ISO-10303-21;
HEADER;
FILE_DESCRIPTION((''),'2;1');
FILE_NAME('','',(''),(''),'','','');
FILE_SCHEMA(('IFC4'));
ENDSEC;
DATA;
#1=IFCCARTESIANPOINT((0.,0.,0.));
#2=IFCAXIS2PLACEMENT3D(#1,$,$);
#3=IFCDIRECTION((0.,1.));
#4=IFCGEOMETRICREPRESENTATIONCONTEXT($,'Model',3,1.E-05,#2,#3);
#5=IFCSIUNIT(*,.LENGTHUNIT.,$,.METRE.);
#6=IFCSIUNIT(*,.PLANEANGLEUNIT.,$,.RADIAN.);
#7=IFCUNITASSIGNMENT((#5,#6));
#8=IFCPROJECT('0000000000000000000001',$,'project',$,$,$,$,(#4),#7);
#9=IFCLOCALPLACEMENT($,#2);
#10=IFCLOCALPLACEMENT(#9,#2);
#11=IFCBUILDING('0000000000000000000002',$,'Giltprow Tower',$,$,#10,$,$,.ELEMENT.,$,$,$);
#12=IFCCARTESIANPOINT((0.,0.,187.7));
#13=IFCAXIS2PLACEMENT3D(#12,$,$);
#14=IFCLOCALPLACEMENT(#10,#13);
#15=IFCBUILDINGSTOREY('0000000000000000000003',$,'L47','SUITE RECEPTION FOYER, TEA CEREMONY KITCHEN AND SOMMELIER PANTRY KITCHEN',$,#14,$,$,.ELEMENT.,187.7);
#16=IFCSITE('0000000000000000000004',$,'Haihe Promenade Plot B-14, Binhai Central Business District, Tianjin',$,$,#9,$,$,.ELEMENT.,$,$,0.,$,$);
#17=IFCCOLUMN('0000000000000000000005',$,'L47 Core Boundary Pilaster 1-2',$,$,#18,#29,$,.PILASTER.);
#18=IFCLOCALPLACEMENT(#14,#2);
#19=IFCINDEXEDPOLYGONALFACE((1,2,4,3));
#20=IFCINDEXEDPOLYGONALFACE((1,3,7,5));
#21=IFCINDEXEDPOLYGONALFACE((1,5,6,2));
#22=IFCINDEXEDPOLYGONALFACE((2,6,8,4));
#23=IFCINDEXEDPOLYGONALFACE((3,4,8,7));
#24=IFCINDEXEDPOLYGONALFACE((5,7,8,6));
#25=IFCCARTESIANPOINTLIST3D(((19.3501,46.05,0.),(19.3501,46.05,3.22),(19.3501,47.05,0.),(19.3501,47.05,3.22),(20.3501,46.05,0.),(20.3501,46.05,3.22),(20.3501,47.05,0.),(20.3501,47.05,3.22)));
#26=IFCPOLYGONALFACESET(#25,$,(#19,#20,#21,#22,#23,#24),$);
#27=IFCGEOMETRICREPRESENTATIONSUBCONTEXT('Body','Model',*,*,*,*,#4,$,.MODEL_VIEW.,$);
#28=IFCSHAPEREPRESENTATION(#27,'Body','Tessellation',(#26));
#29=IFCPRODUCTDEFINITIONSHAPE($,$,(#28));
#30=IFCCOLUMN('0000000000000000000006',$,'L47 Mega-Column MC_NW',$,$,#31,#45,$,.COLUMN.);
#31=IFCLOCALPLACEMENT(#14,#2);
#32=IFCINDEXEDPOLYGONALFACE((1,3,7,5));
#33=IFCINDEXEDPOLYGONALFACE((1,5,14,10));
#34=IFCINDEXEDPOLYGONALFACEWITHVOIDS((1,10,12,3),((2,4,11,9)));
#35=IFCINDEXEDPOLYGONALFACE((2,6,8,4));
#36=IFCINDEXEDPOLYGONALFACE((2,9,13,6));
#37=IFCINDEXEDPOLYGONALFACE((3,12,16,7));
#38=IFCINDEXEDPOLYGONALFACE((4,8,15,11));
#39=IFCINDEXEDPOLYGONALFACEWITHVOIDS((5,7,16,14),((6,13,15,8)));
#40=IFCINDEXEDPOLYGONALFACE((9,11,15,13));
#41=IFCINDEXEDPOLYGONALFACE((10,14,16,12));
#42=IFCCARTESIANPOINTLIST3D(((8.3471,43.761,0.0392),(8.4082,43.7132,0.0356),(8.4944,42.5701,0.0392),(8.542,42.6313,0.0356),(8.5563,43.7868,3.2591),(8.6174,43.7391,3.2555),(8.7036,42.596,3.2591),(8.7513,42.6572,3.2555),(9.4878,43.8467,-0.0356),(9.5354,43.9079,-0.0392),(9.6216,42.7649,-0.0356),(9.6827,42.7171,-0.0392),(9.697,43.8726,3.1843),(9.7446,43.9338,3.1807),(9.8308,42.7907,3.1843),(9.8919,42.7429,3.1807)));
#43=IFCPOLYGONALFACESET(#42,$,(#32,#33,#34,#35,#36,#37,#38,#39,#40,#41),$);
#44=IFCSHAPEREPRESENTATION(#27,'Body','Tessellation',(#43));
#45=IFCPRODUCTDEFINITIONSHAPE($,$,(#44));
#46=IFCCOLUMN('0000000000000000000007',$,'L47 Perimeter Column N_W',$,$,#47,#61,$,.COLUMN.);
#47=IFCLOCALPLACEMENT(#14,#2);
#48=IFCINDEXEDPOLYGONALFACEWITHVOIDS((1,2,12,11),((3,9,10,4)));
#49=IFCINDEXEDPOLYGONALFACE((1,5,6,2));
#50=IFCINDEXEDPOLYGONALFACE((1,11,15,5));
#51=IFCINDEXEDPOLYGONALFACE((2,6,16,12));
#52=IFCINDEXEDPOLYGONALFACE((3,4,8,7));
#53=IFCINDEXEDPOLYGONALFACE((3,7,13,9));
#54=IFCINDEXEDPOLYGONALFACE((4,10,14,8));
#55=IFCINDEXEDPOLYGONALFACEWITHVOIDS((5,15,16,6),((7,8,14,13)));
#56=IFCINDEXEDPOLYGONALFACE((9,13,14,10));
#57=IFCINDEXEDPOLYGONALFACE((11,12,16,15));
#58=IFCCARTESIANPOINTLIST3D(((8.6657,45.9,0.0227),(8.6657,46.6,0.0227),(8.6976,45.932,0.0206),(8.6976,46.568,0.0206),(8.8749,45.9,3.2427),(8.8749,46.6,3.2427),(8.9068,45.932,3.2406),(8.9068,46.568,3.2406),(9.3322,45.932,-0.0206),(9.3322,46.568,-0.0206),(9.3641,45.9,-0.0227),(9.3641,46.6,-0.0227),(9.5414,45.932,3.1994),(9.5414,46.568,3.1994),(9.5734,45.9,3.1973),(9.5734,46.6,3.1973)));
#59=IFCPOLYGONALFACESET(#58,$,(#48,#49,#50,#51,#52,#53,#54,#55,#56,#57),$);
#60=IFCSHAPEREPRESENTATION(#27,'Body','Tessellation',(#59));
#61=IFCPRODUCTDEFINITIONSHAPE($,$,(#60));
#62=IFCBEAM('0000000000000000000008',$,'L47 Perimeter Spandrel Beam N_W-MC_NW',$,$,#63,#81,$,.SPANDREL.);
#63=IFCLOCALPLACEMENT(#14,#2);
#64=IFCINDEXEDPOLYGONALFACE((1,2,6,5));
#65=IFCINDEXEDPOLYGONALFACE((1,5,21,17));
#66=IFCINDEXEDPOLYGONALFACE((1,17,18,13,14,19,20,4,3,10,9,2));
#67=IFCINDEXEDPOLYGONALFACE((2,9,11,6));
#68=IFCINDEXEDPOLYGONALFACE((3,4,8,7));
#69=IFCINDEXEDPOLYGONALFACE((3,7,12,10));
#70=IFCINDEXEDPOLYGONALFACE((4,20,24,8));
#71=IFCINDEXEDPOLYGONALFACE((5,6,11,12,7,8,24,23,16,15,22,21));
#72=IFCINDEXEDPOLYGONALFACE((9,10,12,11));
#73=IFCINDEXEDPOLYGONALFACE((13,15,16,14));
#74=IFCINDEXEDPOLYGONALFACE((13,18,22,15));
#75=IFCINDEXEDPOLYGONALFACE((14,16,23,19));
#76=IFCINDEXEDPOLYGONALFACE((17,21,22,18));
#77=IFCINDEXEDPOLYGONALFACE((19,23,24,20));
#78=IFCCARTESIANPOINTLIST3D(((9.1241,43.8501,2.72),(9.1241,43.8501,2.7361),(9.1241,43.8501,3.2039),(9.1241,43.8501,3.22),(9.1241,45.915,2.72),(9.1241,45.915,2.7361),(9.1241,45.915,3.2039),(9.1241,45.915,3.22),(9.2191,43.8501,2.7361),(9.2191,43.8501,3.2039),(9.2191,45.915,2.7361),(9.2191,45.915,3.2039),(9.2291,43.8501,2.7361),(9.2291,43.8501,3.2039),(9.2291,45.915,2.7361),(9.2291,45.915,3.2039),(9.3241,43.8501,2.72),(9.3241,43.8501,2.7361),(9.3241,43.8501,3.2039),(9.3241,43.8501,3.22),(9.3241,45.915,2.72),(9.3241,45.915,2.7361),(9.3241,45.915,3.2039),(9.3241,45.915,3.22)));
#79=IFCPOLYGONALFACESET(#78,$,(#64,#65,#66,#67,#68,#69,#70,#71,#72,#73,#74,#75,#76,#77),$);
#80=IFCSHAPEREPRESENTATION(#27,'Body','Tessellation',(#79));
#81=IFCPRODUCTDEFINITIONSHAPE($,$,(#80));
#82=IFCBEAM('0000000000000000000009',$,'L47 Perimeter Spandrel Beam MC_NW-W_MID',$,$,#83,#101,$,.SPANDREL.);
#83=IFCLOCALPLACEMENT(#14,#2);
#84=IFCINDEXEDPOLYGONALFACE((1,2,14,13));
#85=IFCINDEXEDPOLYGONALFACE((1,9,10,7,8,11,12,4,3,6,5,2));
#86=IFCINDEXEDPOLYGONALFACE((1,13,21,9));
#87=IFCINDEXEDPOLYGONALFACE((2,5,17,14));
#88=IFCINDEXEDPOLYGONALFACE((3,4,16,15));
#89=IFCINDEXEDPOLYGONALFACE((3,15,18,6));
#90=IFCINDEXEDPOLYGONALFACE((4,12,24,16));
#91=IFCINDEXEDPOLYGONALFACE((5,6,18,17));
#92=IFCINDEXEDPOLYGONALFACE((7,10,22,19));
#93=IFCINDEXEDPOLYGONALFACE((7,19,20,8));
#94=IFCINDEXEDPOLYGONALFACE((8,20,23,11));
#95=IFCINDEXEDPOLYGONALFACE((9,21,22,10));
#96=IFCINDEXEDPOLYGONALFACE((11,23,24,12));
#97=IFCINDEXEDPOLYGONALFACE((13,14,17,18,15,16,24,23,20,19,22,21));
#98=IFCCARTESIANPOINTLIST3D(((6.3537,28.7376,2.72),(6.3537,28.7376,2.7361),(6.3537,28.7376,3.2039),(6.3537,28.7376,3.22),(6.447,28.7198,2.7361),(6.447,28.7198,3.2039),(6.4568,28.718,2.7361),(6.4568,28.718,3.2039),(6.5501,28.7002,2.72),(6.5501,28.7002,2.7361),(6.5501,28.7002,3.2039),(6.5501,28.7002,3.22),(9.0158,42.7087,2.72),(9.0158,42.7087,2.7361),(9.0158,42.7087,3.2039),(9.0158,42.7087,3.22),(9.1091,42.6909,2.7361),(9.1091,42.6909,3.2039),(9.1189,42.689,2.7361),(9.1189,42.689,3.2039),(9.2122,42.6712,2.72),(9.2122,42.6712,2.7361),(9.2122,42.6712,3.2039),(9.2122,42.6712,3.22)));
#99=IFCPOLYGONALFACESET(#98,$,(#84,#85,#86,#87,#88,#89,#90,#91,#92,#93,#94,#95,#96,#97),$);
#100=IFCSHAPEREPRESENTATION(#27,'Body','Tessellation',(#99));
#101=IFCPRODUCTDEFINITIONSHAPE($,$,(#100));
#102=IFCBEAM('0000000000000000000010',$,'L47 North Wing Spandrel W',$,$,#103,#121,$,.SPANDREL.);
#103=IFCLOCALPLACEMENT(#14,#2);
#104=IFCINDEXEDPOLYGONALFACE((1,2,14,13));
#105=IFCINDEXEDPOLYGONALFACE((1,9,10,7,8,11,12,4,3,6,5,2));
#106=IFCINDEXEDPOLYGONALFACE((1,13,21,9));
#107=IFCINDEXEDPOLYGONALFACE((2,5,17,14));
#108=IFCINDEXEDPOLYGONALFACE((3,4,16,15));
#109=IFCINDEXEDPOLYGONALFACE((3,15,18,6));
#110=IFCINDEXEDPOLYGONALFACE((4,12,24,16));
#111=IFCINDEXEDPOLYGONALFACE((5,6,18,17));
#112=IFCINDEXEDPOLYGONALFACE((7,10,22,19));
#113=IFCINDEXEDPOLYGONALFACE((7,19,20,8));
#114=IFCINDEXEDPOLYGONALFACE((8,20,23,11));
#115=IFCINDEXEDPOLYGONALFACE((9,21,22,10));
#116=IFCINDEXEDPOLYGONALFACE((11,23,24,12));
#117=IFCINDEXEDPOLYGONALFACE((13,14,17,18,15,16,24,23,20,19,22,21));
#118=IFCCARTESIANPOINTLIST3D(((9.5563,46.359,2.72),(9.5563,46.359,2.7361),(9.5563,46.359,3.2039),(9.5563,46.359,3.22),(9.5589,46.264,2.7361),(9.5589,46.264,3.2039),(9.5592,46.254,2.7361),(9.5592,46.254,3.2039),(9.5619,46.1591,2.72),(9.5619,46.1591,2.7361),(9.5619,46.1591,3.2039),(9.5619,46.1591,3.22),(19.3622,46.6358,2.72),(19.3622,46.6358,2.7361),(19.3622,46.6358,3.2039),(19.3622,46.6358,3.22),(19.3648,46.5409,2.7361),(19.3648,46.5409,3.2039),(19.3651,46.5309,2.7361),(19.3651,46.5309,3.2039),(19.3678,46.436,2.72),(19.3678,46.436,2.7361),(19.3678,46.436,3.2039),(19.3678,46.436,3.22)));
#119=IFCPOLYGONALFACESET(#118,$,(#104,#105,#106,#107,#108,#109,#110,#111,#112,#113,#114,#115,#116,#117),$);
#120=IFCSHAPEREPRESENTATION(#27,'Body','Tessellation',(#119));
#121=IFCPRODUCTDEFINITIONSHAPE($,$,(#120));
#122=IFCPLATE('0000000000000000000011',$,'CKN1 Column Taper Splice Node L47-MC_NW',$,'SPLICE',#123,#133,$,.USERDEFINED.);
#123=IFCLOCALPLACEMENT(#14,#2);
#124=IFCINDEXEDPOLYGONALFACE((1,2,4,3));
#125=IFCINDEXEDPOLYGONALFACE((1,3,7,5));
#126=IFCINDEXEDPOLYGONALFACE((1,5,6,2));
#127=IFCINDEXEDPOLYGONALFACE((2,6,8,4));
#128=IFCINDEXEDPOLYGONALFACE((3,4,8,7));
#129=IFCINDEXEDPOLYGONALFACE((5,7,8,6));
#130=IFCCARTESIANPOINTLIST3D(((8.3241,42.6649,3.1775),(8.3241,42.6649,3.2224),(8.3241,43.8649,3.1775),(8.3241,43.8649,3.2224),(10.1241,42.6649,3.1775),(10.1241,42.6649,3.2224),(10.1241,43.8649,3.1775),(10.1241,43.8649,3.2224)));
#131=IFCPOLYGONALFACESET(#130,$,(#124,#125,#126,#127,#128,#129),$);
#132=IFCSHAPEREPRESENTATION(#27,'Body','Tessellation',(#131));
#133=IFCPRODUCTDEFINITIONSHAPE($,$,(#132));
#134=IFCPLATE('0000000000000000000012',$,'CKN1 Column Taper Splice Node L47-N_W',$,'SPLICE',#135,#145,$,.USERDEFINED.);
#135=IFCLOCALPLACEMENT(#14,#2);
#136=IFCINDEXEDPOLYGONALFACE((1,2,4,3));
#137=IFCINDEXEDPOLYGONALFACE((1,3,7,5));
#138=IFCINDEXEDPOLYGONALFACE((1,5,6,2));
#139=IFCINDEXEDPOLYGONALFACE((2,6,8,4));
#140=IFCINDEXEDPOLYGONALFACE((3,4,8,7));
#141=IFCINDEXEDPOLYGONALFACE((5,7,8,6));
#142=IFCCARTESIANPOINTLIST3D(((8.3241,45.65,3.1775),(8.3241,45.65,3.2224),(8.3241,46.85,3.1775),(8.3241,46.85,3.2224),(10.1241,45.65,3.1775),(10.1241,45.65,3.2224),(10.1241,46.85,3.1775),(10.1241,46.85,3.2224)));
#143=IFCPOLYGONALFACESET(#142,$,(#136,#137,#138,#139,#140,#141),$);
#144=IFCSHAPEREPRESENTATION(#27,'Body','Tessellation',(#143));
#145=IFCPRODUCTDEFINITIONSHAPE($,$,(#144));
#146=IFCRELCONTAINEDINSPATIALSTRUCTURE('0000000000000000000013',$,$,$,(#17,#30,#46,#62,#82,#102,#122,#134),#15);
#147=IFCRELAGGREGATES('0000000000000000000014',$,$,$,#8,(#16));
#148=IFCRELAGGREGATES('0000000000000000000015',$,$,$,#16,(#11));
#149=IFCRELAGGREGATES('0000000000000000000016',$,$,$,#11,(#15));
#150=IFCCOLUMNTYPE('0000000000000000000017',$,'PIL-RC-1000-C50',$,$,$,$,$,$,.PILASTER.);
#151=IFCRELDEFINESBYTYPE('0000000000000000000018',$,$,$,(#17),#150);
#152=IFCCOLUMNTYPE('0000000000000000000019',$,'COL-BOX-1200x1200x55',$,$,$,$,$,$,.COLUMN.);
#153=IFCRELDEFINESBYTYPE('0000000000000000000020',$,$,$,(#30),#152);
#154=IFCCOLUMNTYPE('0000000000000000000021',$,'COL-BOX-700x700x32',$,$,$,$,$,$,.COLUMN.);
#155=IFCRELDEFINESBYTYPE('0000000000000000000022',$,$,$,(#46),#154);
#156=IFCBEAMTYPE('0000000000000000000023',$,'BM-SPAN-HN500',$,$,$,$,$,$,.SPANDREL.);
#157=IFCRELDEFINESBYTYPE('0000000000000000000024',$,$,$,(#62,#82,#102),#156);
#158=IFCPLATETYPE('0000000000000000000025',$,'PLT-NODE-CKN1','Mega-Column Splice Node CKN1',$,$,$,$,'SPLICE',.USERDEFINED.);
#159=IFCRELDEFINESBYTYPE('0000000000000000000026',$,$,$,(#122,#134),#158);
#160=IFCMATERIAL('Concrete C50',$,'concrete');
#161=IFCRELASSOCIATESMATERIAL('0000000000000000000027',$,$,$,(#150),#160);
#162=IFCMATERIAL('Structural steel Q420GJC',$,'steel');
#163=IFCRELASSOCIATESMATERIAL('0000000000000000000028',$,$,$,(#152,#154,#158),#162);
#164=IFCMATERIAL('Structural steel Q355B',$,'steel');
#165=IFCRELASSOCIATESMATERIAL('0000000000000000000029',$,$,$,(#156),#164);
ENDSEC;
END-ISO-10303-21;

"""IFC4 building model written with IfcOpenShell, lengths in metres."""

from ifc_helpers import new_model, si_unit, direction, frame, origin, origin_2d, place, context, subcontext, project, spatial, rectangle, hollow_rectangle, i_section, extrude, source, transform, mapped, material, material_profile, profile_set, type_object, element, save


model = new_model("IFC4")

# Units and contexts
model_context = context("Model", 3, precision=1e-05, world=origin(), true_north=direction((0.0, 1.0)))
body_context = subcontext(model_context, "Body", "Model", "MODEL_VIEW")
ifc_project = project(units=[si_unit("LENGTHUNIT", "METRE"), si_unit("PLANEANGLEUNIT", "RADIAN")], contexts=[model_context])

# Site, building, storey
site_placement = place(None, origin())
site = spatial("IfcSite", under=ifc_project, at=site_placement, Name="Haihe Promenade Plot B-14, Binhai Central Business District, Tianjin", CompositionType="ELEMENT", RefElevation=0.0)
building_placement = place(site_placement, origin())
building = spatial("IfcBuilding", under=site, at=building_placement, Name="Giltprow Tower", CompositionType="ELEMENT")
storey_placement = place(building_placement, frame((0.0, 0.0, 187.7)))
storey = spatial("IfcBuildingStorey", under=building, at=storey_placement, Name="L47", Description="SUITE RECEPTION FOYER, TEA CEREMONY KITCHEN AND SOMMELIER PANTRY KITCHEN", CompositionType="ELEMENT", Elevation=187.7)

# Columns
ifc_material_1 = material(Name="Concrete C50", Category="concrete")
ifc_material_profile_1 = material_profile(ifc_material_1, rectangle(XDim=1.0, YDim=1.0, at=origin_2d()), Name="RC 1000x1000")
ifc_profile_set_1 = profile_set([ifc_material_profile_1], Name="Concrete C50")
column_type_1 = type_object("IfcColumnType", Name="PIL-RC-1000-C50", PredefinedType="PILASTER", material=ifc_profile_set_1)
shared_shape_1 = source(origin(), body_context, "Body", "SweptSolid", [
    extrude(rectangle(XDim=1.0, YDim=1.0, at=origin_2d()), origin(), (0.0, 0.0, 1.0), 3.22),
])
column_1_placement = place(storey_placement, frame((19.8501, 46.55, 0.0), z_axis=(0.0, 0.0, 1.0), x_axis=(1.0, 0.0, 0.0)))
element("IfcColumn", 1, at=column_1_placement, inside=storey, type_object=column_type_1, Name="L47 Core Boundary Pilaster 1-2", PredefinedType="PILASTER", context=body_context, shape_type="MappedRepresentation", body=[
    mapped(shared_shape_1, transform((0.0, 0.0, 0.0), x_axis=(1.0, 0.0, 0.0), y_axis=(0.0, 1.0, 0.0), z_axis=(0.0, 0.0, 1.0), scale=1.0)),
])
ifc_material_2 = material(Name="Structural steel Q420GJC", Category="steel")
ifc_material_profile_2 = material_profile(ifc_material_2, hollow_rectangle(XDim=1.2, YDim=1.2, WallThickness=0.0549, at=origin_2d()), Name="BOX 1200x1200x55")
ifc_profile_set_2 = profile_set([ifc_material_profile_2], Name="Structural steel Q420GJC")
column_type_2 = type_object("IfcColumnType", Name="COL-BOX-1200x1200x55", PredefinedType="COLUMN", material=ifc_profile_set_2)
shared_shape_2 = source(origin(), body_context, "Body", "SweptSolid", [
    extrude(hollow_rectangle(XDim=1.2, YDim=1.2, WallThickness=0.0549, at=origin_2d()), origin(), (0.0, 0.0, 1.0), 3.2268),
])
column_2_placement = place(storey_placement, frame((9.0149, 43.239, 0.0), z_axis=(0.06484, 0.00802, 0.997863), x_axis=(-0.122752, 0.992437, 0.0)))
element("IfcColumn", 2, at=column_2_placement, inside=storey, type_object=column_type_2, Name="L47 Mega-Column MC_NW", PredefinedType="COLUMN", context=body_context, shape_type="MappedRepresentation", body=[
    mapped(shared_shape_2, transform((0.0, 0.0, 0.0), x_axis=(1.0, 0.0, 0.0), y_axis=(0.0, 1.0, 0.0), z_axis=(0.0, 0.0, 1.0), scale=1.0)),
])
ifc_material_profile_3 = material_profile(ifc_material_2, hollow_rectangle(XDim=0.7, YDim=0.7, WallThickness=0.032, at=origin_2d()), Name="BOX 700x700x32")
ifc_profile_set_3 = profile_set([ifc_material_profile_3], Name="Structural steel Q420GJC")
column_type_3 = type_object("IfcColumnType", Name="COL-BOX-700x700x32", PredefinedType="COLUMN", material=ifc_profile_set_3)
shared_shape_3 = source(origin(), body_context, "Body", "SweptSolid", [
    extrude(hollow_rectangle(XDim=0.7, YDim=0.7, WallThickness=0.032, at=origin_2d()), origin(), (0.0, 0.0, 1.0), 3.2268),
])
column_3_placement = place(storey_placement, frame((9.0149, 46.25, 0.0), z_axis=(0.064842, 0.0, 0.997896), x_axis=(0.0, 1.0, 0.0)))
element("IfcColumn", 3, at=column_3_placement, inside=storey, type_object=column_type_3, Name="L47 Perimeter Column N_W", PredefinedType="COLUMN", context=body_context, shape_type="MappedRepresentation", body=[
    mapped(shared_shape_3, transform((0.0, 0.0, 0.0), x_axis=(1.0, 0.0, 0.0), y_axis=(0.0, 1.0, 0.0), z_axis=(0.0, 0.0, 1.0), scale=1.0)),
])

# Beams
ifc_material_3 = material(Name="Structural steel Q355B", Category="steel")
ifc_material_profile_4 = material_profile(ifc_material_3, i_section(OverallWidth=0.2, OverallDepth=0.5, WebThickness=0.01, FlangeThickness=0.0161, at=origin_2d()), Name="HN 500x200x10x16")
ifc_profile_set_4 = profile_set([ifc_material_profile_4], Name="Structural steel Q355B")
beam_type = type_object("IfcBeamType", Name="BM-SPAN-HN500", PredefinedType="SPANDREL", material=ifc_profile_set_4)
shared_shape_4 = source(origin(), body_context, "Body", "SweptSolid", [
    extrude(i_section(OverallWidth=0.2, OverallDepth=0.5, WebThickness=0.01, FlangeThickness=0.0161, at=origin_2d()), origin(), (0.0, 0.0, 1.0), 2.0649),
])
beam_1_placement = place(storey_placement, frame((9.2241, 45.915, 2.97), z_axis=(0.0, -1.0, 0.0), x_axis=(1.0, 0.0, 0.0)))
element("IfcBeam", 4, at=beam_1_placement, inside=storey, type_object=beam_type, Name="L47 Perimeter Spandrel Beam N_W-MC_NW", PredefinedType="SPANDREL", context=body_context, shape_type="MappedRepresentation", body=[
    mapped(shared_shape_4, transform((0.0, 0.0, 0.0), x_axis=(1.0, 0.0, 0.0), y_axis=(0.0, 1.0, 0.0), z_axis=(0.0, 0.0, 1.0), scale=1.0)),
])
shared_shape_5 = source(origin(), body_context, "Body", "SweptSolid", [
    extrude(i_section(OverallWidth=0.2, OverallDepth=0.5, WebThickness=0.01, FlangeThickness=0.0161, at=origin_2d()), origin(), (0.0, 0.0, 1.0), 14.2224),
])
beam_2_placement = place(storey_placement, frame((9.114, 42.6899, 2.97), z_axis=(-0.187178, -0.982326, 0.0), x_axis=(0.982326, -0.187178, 0.0)))
element("IfcBeam", 5, at=beam_2_placement, inside=storey, type_object=beam_type, Name="L47 Perimeter Spandrel Beam MC_NW-W_MID", PredefinedType="SPANDREL", context=body_context, shape_type="MappedRepresentation", body=[
    mapped(shared_shape_5, transform((0.0, 0.0, 0.0), x_axis=(1.0, 0.0, 0.0), y_axis=(0.0, 1.0, 0.0), z_axis=(0.0, 0.0, 1.0), scale=1.0)),
])
shared_shape_6 = source(origin(), body_context, "Body", "SweptSolid", [
    extrude(i_section(OverallWidth=0.2, OverallDepth=0.5, WebThickness=0.01, FlangeThickness=0.0161, at=origin_2d()), origin(), (0.0, 0.0, 1.0), 9.8098),
])
beam_3_placement = place(storey_placement, frame((9.5591, 46.259, 2.97), z_axis=(0.999602, 0.028222, 0.0), x_axis=(-0.028222, 0.999602, 0.0)))
element("IfcBeam", 6, at=beam_3_placement, inside=storey, type_object=beam_type, Name="L47 North Wing Spandrel W", PredefinedType="SPANDREL", context=body_context, shape_type="MappedRepresentation", body=[
    mapped(shared_shape_6, transform((0.0, 0.0, 0.0), x_axis=(1.0, 0.0, 0.0), y_axis=(0.0, 1.0, 0.0), z_axis=(0.0, 0.0, 1.0), scale=1.0)),
])

# Plates
plate_type = type_object("IfcPlateType", Name="PLT-NODE-CKN1", Description="Mega-Column Splice Node CKN1", ElementType="SPLICE", PredefinedType="USERDEFINED", material=ifc_material_2)
shared_shape_7 = source(origin(), body_context, "Body", "SweptSolid", [
    extrude(rectangle(XDim=1.8, YDim=1.2, at=origin_2d()), origin(), (0.0, 0.0, 1.0), 0.0449),
])
for number, where, z_axis, x_axis, name in (
    (7, (9.2241, 43.2649, 3.1775), (0.0, 0.0, 1.0), (1.0, 0.0, 0.0), "CKN1 Column Taper Splice Node L47-MC_NW"),
    (8, (9.2241, 46.25, 3.1775), (0.0, 0.0, 1.0), (1.0, 0.0, 0.0), "CKN1 Column Taper Splice Node L47-N_W"),
):
    element("IfcPlate", number, at=place(storey_placement, frame(where, z_axis=z_axis, x_axis=x_axis)), inside=storey, type_object=plate_type, Name=name, ObjectType="SPLICE", PredefinedType="USERDEFINED", context=body_context, shape_type="MappedRepresentation", body=[
        mapped(shared_shape_7, transform((0.0, 0.0, 0.0), x_axis=(1.0, 0.0, 0.0), y_axis=(0.0, 1.0, 0.0), z_axis=(0.0, 0.0, 1.0), scale=1.0)),
    ])

save(model, "model.ifc")
